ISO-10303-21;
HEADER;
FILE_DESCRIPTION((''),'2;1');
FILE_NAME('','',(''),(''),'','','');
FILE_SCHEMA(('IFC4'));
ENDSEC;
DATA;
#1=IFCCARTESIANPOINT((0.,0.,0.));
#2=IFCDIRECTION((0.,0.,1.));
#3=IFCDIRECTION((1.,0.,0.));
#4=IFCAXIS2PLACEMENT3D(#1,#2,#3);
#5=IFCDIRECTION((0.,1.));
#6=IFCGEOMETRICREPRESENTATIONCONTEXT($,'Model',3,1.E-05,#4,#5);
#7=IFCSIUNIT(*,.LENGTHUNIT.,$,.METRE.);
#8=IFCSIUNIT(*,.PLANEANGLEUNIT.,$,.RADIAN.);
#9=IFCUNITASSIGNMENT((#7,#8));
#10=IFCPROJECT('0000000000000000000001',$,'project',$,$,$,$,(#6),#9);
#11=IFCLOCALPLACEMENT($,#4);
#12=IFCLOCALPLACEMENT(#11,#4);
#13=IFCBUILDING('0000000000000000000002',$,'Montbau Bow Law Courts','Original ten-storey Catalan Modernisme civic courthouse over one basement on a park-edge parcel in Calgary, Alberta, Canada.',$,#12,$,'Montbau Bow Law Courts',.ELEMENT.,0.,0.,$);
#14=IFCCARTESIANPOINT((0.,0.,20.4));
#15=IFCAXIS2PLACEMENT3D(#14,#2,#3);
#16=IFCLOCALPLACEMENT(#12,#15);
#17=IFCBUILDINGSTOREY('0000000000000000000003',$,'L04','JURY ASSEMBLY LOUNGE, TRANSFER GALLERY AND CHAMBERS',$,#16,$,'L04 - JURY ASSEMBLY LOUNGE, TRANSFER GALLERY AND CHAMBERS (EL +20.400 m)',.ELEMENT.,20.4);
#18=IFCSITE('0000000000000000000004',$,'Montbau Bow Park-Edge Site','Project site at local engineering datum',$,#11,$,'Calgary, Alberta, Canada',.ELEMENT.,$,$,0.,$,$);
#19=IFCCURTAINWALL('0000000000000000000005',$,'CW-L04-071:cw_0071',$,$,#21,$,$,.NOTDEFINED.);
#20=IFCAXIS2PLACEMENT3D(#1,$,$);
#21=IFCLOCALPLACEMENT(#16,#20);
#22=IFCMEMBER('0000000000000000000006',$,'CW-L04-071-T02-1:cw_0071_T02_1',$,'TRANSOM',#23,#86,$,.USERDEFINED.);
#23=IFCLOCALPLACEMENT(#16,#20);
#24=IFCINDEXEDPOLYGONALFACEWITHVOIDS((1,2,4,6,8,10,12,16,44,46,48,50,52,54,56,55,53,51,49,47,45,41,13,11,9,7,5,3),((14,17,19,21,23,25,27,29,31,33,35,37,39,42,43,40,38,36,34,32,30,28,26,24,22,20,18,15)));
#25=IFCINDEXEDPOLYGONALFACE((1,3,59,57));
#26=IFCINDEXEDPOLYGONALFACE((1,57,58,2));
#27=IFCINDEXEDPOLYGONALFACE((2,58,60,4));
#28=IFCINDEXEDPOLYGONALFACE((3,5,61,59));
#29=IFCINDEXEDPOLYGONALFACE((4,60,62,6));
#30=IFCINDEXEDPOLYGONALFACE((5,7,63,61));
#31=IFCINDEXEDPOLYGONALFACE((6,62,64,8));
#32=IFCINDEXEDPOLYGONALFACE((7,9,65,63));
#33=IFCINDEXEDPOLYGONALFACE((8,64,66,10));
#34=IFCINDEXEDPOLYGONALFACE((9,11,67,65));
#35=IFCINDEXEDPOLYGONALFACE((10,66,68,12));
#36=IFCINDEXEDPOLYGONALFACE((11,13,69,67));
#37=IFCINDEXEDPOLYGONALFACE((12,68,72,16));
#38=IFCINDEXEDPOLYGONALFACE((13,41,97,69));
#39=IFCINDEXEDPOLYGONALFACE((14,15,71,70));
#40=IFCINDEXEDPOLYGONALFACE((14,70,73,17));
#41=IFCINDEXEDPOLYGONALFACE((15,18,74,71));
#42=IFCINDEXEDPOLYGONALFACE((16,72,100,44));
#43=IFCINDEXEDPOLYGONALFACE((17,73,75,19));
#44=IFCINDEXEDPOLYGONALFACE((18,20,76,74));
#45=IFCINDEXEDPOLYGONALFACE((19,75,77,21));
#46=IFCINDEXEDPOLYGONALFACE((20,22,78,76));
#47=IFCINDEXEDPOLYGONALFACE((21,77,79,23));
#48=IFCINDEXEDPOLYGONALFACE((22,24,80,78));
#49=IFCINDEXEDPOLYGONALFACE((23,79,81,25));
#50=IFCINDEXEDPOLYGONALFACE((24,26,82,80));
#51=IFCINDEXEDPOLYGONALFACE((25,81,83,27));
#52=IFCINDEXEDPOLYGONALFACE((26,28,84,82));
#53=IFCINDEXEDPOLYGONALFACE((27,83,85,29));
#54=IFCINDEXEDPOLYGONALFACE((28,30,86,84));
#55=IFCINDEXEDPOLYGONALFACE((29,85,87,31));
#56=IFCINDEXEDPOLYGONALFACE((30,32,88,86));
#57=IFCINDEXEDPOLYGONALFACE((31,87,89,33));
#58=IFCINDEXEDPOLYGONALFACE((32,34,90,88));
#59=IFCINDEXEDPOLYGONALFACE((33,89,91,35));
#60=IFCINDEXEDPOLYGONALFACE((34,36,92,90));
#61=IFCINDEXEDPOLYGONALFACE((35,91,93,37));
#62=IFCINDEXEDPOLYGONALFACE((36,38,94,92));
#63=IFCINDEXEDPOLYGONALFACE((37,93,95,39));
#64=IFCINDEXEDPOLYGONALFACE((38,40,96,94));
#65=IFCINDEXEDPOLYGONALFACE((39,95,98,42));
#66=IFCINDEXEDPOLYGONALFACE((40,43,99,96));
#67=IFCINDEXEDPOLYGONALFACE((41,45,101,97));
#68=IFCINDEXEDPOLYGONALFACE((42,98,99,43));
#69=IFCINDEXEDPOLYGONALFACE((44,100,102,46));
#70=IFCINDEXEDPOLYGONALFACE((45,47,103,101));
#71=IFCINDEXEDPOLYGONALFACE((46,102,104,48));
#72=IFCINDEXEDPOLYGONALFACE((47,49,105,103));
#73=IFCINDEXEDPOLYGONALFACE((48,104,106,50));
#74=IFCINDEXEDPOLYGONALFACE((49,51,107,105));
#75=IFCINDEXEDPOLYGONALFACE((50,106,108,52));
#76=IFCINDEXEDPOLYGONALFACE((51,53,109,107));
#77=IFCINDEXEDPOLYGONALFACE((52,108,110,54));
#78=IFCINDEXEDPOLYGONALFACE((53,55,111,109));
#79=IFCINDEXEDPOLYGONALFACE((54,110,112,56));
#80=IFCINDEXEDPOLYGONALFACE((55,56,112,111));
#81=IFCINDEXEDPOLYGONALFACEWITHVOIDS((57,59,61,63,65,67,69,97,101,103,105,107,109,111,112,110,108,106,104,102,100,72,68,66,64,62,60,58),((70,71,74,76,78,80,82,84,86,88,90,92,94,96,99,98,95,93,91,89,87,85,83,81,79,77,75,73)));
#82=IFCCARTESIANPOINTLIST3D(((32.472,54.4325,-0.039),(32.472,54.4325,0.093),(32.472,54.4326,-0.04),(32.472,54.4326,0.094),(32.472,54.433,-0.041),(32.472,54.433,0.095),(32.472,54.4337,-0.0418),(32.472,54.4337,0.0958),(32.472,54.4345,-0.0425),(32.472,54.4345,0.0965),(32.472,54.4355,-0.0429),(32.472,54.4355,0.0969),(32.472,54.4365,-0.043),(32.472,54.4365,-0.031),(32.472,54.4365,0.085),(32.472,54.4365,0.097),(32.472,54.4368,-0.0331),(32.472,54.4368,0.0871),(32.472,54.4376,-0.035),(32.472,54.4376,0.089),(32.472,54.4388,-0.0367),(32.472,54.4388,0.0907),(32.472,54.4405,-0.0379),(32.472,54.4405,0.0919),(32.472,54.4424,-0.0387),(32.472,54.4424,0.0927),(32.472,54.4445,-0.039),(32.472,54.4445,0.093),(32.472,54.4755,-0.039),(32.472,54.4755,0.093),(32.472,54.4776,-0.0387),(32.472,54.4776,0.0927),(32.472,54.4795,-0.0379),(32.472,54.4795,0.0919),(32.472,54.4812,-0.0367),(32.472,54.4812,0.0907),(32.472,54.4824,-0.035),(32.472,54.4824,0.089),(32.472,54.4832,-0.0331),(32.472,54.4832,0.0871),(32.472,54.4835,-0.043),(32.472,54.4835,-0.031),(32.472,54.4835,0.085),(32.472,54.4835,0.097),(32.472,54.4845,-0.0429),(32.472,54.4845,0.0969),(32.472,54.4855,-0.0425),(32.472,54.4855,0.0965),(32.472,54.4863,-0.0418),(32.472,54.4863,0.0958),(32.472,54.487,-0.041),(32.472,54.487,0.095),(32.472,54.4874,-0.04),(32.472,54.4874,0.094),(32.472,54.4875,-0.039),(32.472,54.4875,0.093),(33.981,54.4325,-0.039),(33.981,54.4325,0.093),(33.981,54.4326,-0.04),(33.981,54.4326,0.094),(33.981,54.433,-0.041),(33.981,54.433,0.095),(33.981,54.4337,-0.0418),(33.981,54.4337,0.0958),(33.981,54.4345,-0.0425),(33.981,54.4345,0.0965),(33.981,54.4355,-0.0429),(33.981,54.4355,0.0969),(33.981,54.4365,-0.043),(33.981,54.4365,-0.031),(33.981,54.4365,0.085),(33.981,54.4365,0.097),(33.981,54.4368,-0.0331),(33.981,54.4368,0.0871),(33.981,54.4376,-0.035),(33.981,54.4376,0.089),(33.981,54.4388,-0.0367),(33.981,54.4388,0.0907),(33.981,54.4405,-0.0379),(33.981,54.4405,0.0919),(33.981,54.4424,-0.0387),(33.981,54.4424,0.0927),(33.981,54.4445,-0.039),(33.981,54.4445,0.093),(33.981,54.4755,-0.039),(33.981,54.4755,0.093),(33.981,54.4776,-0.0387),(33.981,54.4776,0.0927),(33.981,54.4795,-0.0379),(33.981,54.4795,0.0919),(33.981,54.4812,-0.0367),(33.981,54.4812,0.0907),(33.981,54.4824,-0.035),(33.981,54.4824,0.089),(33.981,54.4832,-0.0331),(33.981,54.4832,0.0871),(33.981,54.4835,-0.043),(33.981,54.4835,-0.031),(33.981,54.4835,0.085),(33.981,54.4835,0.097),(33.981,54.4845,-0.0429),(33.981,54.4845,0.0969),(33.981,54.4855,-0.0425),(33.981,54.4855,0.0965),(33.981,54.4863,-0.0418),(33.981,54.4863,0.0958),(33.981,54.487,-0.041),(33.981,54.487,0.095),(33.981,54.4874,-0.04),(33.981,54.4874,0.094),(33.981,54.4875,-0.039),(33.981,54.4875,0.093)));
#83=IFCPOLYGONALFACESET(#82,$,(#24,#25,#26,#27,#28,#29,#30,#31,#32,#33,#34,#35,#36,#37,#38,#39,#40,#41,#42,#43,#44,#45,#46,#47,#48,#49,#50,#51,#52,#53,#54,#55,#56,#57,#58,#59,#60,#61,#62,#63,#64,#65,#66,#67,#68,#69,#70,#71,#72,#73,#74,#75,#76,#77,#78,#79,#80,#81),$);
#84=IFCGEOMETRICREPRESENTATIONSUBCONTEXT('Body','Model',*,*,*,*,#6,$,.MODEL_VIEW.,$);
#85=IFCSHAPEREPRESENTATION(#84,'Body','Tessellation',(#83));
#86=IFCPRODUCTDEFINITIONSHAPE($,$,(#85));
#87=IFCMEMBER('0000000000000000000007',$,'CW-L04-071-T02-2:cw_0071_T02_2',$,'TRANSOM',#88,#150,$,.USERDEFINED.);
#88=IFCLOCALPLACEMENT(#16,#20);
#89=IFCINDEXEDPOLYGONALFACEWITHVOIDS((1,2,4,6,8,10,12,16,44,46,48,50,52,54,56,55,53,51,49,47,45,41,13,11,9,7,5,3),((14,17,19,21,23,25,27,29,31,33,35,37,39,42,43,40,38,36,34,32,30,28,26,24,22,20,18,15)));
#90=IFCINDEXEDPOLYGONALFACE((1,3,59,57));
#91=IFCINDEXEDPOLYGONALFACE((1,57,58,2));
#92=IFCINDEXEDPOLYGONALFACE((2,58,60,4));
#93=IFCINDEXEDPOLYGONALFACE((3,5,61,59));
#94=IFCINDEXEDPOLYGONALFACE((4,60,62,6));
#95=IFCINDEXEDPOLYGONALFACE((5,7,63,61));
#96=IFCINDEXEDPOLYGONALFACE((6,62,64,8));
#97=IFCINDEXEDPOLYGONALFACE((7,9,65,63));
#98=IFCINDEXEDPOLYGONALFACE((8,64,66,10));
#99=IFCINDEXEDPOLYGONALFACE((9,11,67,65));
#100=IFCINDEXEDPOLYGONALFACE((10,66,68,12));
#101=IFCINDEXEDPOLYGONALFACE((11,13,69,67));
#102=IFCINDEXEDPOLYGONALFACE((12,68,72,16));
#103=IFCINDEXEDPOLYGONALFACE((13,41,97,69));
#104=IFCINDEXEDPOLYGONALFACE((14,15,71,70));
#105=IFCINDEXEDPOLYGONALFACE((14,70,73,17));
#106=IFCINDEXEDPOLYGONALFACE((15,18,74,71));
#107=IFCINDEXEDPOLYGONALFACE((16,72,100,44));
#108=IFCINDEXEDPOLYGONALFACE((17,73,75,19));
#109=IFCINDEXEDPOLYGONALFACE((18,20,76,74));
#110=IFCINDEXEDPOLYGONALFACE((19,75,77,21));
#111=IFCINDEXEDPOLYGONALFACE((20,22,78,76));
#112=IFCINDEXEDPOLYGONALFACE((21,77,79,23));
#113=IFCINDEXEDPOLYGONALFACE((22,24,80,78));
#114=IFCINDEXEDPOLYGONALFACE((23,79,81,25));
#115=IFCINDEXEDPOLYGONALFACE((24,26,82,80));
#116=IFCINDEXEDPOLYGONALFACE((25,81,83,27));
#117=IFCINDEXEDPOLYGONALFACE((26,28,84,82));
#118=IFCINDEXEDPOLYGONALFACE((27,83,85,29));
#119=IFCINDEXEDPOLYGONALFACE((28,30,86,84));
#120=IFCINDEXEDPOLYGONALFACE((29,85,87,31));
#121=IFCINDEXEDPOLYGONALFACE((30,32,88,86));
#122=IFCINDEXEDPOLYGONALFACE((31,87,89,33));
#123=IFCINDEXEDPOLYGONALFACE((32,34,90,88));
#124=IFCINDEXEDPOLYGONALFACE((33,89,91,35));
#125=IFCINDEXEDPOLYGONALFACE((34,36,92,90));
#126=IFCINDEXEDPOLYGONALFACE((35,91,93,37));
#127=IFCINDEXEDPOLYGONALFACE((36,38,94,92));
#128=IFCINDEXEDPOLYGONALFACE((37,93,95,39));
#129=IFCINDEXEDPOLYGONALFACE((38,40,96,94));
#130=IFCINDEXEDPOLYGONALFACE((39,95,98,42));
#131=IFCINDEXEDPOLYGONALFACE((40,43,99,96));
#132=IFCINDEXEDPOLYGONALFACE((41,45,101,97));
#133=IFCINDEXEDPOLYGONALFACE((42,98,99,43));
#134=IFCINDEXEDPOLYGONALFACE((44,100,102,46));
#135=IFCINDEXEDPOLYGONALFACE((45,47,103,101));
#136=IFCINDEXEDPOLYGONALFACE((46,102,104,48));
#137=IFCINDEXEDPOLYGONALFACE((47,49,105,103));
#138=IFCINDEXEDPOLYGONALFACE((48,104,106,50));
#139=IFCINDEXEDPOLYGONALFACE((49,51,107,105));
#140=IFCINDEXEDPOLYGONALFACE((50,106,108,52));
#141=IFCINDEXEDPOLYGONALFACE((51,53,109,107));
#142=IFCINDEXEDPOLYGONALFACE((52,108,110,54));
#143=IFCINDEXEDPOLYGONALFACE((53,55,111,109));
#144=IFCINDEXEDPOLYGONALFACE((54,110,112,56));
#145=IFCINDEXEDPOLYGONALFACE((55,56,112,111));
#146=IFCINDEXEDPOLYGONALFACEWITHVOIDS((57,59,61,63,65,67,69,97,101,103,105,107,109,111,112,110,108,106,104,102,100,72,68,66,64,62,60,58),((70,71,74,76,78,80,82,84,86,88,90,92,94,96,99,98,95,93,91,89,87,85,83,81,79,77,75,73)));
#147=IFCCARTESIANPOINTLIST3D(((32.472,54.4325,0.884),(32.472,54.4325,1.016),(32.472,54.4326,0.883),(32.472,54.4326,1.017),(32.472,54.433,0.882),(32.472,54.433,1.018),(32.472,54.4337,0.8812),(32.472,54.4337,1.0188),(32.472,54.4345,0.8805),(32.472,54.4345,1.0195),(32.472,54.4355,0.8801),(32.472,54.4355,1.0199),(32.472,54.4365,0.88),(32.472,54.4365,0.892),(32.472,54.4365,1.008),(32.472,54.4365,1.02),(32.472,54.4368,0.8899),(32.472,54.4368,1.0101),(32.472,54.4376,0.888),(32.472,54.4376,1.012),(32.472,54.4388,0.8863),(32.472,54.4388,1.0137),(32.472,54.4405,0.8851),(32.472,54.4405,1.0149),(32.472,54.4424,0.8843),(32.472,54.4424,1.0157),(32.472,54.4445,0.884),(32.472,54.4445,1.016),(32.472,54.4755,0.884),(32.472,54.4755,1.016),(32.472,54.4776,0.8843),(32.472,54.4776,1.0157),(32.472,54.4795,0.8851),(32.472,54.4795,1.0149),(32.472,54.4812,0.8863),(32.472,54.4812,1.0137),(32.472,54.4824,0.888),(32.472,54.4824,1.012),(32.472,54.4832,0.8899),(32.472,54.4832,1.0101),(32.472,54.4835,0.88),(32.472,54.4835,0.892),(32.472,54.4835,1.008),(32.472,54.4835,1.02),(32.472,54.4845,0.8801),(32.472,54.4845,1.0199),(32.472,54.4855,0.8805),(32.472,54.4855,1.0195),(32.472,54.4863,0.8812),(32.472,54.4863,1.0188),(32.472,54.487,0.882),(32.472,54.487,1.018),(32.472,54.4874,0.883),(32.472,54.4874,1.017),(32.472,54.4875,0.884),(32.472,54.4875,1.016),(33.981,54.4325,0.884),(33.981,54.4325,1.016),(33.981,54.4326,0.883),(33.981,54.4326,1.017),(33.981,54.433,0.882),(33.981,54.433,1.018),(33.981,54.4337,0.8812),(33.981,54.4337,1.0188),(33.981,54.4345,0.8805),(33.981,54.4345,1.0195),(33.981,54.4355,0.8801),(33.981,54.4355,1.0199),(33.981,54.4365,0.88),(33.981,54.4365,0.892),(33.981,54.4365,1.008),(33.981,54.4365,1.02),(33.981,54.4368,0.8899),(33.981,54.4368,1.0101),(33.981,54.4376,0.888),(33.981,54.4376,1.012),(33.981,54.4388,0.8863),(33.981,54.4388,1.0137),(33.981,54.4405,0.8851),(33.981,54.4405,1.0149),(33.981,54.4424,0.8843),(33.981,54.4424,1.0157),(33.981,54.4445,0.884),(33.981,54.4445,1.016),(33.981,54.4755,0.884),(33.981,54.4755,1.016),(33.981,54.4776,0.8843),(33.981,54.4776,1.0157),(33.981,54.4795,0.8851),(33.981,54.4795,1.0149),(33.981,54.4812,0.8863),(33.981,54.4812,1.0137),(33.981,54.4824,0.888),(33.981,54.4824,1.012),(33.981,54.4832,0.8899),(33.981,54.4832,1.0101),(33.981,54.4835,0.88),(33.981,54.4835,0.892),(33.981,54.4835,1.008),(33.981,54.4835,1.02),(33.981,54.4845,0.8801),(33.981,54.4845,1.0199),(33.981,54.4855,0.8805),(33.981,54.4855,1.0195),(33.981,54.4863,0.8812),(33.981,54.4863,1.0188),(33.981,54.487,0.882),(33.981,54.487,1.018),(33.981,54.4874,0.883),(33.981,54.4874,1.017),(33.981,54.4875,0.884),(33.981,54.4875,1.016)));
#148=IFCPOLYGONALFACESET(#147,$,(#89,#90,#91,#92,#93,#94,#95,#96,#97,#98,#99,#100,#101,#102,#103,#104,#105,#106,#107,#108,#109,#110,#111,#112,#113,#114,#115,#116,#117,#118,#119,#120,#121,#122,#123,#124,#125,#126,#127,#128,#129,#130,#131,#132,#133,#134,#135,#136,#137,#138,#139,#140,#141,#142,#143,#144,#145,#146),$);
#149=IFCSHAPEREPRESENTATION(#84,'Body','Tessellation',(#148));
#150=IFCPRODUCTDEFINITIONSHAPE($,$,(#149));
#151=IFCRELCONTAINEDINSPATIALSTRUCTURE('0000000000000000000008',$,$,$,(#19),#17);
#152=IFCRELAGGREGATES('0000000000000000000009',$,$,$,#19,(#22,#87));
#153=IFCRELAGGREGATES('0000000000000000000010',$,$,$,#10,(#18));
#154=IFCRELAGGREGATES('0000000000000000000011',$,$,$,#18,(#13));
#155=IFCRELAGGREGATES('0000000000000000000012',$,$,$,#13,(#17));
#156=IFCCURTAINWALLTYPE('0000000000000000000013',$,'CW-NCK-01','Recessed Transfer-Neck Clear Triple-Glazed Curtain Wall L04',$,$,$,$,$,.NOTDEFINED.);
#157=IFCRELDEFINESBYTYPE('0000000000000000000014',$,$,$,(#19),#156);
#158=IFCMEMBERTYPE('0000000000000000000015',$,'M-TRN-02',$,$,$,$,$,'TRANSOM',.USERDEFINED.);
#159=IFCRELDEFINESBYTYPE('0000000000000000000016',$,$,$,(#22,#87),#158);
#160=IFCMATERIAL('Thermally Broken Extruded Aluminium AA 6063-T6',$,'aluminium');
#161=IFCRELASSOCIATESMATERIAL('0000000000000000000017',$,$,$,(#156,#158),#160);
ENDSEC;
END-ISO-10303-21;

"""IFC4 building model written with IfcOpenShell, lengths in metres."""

from ifc_helpers import new_model, si_unit, direction, frame, origin_with_axes, origin_2d_with_axis, place, context, subcontext, project, spatial, hollow_rectangle, extrude, material, material_profile, profile_set, type_object, element, aggregate, save


model = new_model("IFC4")

# Units and contexts
model_context = context("Model", 3, precision=1e-05, world=origin_with_axes(), true_north=direction((0.0, 1.0)))
body_context = subcontext(model_context, "Body", "Model", "MODEL_VIEW")
ifc_project = project(units=[si_unit("LENGTHUNIT", "METRE"), si_unit("PLANEANGLEUNIT", "RADIAN")], contexts=[model_context])

# Site, building, storey
site_placement = place(None, origin_with_axes())
site = spatial("IfcSite", under=ifc_project, at=site_placement, Name="Montbau Bow Park-Edge Site", Description="Project site at local engineering datum", LongName="Calgary, Alberta, Canada", CompositionType="ELEMENT", RefElevation=0.0)
building_placement = place(site_placement, origin_with_axes())
building = spatial("IfcBuilding", under=site, at=building_placement, Name="Montbau Bow Law Courts", Description="Original ten-storey Catalan Modernisme civic courthouse over one basement on a park-edge parcel in Calgary, Alberta, Canada.", LongName="Montbau Bow Law Courts", CompositionType="ELEMENT", ElevationOfRefHeight=0.0, ElevationOfTerrain=0.0)
storey_placement = place(building_placement, frame((0.0, 0.0, 20.4), z_axis=(0.0, 0.0, 1.0), x_axis=(1.0, 0.0, 0.0)))
storey = spatial("IfcBuildingStorey", under=building, at=storey_placement, Name="L04", Description="JURY ASSEMBLY LOUNGE, TRANSFER GALLERY AND CHAMBERS", LongName="L04 - JURY ASSEMBLY LOUNGE, TRANSFER GALLERY AND CHAMBERS (EL +20.400 m)", CompositionType="ELEMENT", Elevation=20.4)

# Curtain wall, members
ifc_material_1 = material(Name="Thermally Broken Extruded Aluminium AA 6063-T6", Category="aluminium")
curtain_wall_type = type_object("IfcCurtainWallType", Name="CW-NCK-01", Description="Recessed Transfer-Neck Clear Triple-Glazed Curtain Wall L04", PredefinedType="NOTDEFINED", material=ifc_material_1)
curtain_wall_placement = place(None, frame((30.867, 54.46, 20.4), z_axis=(0.0, 0.0, 1.0), x_axis=(1.0, 0.0, 0.0)))
curtain_wall = element("IfcCurtainWall", 1, at=curtain_wall_placement, inside=storey, type_object=curtain_wall_type, Name="CW-L04-071:cw_0071", PredefinedType="NOTDEFINED")
ifc_material_profile_1 = material_profile(ifc_material_1, hollow_rectangle(XDim=0.055, YDim=0.14, WallThickness=0.004, InnerFilletRadius=0.008, OuterFilletRadius=0.004, at=origin_2d_with_axis()), Name="CWT-140X55", Category="Main", Priority=0)
ifc_profile_set_1 = profile_set([ifc_material_profile_1], Name="Thermally Broken Extruded Aluminium AA 6063-T6")
member_type_1 = type_object("IfcMemberType", Name="M-TRN-02", ElementType="TRANSOM", PredefinedType="USERDEFINED", material=ifc_profile_set_1)
member_1_placement = place(None, frame((32.472, 54.46, 20.427), z_axis=(1.0, 0.0, 0.0), x_axis=(0.0, 1.0, 0.0)))
member_1 = element("IfcMember", 2, at=member_1_placement, type_object=member_type_1, Name="CW-L04-071-T02-1:cw_0071_T02_1", ObjectType="TRANSOM", PredefinedType="USERDEFINED", context=body_context, shape_type="SweptSolid", body=[
    extrude(hollow_rectangle(XDim=0.055, YDim=0.14, WallThickness=0.004, InnerFilletRadius=0.008, OuterFilletRadius=0.004, at=origin_2d_with_axis()), origin_with_axes(), (0.0, 0.0, 1.0), 1.509),
])
member_2_placement = place(None, frame((32.472, 54.46, 21.35), z_axis=(1.0, 0.0, 0.0), x_axis=(0.0, 1.0, 0.0)))
member_2 = element("IfcMember", 3, at=member_2_placement, type_object=member_type_1, Name="CW-L04-071-T02-2:cw_0071_T02_2", ObjectType="TRANSOM", PredefinedType="USERDEFINED", context=body_context, shape_type="SweptSolid", body=[
    extrude(hollow_rectangle(XDim=0.055, YDim=0.14, WallThickness=0.004, InnerFilletRadius=0.008, OuterFilletRadius=0.004, at=origin_2d_with_axis()), origin_with_axes(), (0.0, 0.0, 1.0), 1.509),
])
aggregate(curtain_wall, [member_1, member_2])

save(model, "model.ifc")
